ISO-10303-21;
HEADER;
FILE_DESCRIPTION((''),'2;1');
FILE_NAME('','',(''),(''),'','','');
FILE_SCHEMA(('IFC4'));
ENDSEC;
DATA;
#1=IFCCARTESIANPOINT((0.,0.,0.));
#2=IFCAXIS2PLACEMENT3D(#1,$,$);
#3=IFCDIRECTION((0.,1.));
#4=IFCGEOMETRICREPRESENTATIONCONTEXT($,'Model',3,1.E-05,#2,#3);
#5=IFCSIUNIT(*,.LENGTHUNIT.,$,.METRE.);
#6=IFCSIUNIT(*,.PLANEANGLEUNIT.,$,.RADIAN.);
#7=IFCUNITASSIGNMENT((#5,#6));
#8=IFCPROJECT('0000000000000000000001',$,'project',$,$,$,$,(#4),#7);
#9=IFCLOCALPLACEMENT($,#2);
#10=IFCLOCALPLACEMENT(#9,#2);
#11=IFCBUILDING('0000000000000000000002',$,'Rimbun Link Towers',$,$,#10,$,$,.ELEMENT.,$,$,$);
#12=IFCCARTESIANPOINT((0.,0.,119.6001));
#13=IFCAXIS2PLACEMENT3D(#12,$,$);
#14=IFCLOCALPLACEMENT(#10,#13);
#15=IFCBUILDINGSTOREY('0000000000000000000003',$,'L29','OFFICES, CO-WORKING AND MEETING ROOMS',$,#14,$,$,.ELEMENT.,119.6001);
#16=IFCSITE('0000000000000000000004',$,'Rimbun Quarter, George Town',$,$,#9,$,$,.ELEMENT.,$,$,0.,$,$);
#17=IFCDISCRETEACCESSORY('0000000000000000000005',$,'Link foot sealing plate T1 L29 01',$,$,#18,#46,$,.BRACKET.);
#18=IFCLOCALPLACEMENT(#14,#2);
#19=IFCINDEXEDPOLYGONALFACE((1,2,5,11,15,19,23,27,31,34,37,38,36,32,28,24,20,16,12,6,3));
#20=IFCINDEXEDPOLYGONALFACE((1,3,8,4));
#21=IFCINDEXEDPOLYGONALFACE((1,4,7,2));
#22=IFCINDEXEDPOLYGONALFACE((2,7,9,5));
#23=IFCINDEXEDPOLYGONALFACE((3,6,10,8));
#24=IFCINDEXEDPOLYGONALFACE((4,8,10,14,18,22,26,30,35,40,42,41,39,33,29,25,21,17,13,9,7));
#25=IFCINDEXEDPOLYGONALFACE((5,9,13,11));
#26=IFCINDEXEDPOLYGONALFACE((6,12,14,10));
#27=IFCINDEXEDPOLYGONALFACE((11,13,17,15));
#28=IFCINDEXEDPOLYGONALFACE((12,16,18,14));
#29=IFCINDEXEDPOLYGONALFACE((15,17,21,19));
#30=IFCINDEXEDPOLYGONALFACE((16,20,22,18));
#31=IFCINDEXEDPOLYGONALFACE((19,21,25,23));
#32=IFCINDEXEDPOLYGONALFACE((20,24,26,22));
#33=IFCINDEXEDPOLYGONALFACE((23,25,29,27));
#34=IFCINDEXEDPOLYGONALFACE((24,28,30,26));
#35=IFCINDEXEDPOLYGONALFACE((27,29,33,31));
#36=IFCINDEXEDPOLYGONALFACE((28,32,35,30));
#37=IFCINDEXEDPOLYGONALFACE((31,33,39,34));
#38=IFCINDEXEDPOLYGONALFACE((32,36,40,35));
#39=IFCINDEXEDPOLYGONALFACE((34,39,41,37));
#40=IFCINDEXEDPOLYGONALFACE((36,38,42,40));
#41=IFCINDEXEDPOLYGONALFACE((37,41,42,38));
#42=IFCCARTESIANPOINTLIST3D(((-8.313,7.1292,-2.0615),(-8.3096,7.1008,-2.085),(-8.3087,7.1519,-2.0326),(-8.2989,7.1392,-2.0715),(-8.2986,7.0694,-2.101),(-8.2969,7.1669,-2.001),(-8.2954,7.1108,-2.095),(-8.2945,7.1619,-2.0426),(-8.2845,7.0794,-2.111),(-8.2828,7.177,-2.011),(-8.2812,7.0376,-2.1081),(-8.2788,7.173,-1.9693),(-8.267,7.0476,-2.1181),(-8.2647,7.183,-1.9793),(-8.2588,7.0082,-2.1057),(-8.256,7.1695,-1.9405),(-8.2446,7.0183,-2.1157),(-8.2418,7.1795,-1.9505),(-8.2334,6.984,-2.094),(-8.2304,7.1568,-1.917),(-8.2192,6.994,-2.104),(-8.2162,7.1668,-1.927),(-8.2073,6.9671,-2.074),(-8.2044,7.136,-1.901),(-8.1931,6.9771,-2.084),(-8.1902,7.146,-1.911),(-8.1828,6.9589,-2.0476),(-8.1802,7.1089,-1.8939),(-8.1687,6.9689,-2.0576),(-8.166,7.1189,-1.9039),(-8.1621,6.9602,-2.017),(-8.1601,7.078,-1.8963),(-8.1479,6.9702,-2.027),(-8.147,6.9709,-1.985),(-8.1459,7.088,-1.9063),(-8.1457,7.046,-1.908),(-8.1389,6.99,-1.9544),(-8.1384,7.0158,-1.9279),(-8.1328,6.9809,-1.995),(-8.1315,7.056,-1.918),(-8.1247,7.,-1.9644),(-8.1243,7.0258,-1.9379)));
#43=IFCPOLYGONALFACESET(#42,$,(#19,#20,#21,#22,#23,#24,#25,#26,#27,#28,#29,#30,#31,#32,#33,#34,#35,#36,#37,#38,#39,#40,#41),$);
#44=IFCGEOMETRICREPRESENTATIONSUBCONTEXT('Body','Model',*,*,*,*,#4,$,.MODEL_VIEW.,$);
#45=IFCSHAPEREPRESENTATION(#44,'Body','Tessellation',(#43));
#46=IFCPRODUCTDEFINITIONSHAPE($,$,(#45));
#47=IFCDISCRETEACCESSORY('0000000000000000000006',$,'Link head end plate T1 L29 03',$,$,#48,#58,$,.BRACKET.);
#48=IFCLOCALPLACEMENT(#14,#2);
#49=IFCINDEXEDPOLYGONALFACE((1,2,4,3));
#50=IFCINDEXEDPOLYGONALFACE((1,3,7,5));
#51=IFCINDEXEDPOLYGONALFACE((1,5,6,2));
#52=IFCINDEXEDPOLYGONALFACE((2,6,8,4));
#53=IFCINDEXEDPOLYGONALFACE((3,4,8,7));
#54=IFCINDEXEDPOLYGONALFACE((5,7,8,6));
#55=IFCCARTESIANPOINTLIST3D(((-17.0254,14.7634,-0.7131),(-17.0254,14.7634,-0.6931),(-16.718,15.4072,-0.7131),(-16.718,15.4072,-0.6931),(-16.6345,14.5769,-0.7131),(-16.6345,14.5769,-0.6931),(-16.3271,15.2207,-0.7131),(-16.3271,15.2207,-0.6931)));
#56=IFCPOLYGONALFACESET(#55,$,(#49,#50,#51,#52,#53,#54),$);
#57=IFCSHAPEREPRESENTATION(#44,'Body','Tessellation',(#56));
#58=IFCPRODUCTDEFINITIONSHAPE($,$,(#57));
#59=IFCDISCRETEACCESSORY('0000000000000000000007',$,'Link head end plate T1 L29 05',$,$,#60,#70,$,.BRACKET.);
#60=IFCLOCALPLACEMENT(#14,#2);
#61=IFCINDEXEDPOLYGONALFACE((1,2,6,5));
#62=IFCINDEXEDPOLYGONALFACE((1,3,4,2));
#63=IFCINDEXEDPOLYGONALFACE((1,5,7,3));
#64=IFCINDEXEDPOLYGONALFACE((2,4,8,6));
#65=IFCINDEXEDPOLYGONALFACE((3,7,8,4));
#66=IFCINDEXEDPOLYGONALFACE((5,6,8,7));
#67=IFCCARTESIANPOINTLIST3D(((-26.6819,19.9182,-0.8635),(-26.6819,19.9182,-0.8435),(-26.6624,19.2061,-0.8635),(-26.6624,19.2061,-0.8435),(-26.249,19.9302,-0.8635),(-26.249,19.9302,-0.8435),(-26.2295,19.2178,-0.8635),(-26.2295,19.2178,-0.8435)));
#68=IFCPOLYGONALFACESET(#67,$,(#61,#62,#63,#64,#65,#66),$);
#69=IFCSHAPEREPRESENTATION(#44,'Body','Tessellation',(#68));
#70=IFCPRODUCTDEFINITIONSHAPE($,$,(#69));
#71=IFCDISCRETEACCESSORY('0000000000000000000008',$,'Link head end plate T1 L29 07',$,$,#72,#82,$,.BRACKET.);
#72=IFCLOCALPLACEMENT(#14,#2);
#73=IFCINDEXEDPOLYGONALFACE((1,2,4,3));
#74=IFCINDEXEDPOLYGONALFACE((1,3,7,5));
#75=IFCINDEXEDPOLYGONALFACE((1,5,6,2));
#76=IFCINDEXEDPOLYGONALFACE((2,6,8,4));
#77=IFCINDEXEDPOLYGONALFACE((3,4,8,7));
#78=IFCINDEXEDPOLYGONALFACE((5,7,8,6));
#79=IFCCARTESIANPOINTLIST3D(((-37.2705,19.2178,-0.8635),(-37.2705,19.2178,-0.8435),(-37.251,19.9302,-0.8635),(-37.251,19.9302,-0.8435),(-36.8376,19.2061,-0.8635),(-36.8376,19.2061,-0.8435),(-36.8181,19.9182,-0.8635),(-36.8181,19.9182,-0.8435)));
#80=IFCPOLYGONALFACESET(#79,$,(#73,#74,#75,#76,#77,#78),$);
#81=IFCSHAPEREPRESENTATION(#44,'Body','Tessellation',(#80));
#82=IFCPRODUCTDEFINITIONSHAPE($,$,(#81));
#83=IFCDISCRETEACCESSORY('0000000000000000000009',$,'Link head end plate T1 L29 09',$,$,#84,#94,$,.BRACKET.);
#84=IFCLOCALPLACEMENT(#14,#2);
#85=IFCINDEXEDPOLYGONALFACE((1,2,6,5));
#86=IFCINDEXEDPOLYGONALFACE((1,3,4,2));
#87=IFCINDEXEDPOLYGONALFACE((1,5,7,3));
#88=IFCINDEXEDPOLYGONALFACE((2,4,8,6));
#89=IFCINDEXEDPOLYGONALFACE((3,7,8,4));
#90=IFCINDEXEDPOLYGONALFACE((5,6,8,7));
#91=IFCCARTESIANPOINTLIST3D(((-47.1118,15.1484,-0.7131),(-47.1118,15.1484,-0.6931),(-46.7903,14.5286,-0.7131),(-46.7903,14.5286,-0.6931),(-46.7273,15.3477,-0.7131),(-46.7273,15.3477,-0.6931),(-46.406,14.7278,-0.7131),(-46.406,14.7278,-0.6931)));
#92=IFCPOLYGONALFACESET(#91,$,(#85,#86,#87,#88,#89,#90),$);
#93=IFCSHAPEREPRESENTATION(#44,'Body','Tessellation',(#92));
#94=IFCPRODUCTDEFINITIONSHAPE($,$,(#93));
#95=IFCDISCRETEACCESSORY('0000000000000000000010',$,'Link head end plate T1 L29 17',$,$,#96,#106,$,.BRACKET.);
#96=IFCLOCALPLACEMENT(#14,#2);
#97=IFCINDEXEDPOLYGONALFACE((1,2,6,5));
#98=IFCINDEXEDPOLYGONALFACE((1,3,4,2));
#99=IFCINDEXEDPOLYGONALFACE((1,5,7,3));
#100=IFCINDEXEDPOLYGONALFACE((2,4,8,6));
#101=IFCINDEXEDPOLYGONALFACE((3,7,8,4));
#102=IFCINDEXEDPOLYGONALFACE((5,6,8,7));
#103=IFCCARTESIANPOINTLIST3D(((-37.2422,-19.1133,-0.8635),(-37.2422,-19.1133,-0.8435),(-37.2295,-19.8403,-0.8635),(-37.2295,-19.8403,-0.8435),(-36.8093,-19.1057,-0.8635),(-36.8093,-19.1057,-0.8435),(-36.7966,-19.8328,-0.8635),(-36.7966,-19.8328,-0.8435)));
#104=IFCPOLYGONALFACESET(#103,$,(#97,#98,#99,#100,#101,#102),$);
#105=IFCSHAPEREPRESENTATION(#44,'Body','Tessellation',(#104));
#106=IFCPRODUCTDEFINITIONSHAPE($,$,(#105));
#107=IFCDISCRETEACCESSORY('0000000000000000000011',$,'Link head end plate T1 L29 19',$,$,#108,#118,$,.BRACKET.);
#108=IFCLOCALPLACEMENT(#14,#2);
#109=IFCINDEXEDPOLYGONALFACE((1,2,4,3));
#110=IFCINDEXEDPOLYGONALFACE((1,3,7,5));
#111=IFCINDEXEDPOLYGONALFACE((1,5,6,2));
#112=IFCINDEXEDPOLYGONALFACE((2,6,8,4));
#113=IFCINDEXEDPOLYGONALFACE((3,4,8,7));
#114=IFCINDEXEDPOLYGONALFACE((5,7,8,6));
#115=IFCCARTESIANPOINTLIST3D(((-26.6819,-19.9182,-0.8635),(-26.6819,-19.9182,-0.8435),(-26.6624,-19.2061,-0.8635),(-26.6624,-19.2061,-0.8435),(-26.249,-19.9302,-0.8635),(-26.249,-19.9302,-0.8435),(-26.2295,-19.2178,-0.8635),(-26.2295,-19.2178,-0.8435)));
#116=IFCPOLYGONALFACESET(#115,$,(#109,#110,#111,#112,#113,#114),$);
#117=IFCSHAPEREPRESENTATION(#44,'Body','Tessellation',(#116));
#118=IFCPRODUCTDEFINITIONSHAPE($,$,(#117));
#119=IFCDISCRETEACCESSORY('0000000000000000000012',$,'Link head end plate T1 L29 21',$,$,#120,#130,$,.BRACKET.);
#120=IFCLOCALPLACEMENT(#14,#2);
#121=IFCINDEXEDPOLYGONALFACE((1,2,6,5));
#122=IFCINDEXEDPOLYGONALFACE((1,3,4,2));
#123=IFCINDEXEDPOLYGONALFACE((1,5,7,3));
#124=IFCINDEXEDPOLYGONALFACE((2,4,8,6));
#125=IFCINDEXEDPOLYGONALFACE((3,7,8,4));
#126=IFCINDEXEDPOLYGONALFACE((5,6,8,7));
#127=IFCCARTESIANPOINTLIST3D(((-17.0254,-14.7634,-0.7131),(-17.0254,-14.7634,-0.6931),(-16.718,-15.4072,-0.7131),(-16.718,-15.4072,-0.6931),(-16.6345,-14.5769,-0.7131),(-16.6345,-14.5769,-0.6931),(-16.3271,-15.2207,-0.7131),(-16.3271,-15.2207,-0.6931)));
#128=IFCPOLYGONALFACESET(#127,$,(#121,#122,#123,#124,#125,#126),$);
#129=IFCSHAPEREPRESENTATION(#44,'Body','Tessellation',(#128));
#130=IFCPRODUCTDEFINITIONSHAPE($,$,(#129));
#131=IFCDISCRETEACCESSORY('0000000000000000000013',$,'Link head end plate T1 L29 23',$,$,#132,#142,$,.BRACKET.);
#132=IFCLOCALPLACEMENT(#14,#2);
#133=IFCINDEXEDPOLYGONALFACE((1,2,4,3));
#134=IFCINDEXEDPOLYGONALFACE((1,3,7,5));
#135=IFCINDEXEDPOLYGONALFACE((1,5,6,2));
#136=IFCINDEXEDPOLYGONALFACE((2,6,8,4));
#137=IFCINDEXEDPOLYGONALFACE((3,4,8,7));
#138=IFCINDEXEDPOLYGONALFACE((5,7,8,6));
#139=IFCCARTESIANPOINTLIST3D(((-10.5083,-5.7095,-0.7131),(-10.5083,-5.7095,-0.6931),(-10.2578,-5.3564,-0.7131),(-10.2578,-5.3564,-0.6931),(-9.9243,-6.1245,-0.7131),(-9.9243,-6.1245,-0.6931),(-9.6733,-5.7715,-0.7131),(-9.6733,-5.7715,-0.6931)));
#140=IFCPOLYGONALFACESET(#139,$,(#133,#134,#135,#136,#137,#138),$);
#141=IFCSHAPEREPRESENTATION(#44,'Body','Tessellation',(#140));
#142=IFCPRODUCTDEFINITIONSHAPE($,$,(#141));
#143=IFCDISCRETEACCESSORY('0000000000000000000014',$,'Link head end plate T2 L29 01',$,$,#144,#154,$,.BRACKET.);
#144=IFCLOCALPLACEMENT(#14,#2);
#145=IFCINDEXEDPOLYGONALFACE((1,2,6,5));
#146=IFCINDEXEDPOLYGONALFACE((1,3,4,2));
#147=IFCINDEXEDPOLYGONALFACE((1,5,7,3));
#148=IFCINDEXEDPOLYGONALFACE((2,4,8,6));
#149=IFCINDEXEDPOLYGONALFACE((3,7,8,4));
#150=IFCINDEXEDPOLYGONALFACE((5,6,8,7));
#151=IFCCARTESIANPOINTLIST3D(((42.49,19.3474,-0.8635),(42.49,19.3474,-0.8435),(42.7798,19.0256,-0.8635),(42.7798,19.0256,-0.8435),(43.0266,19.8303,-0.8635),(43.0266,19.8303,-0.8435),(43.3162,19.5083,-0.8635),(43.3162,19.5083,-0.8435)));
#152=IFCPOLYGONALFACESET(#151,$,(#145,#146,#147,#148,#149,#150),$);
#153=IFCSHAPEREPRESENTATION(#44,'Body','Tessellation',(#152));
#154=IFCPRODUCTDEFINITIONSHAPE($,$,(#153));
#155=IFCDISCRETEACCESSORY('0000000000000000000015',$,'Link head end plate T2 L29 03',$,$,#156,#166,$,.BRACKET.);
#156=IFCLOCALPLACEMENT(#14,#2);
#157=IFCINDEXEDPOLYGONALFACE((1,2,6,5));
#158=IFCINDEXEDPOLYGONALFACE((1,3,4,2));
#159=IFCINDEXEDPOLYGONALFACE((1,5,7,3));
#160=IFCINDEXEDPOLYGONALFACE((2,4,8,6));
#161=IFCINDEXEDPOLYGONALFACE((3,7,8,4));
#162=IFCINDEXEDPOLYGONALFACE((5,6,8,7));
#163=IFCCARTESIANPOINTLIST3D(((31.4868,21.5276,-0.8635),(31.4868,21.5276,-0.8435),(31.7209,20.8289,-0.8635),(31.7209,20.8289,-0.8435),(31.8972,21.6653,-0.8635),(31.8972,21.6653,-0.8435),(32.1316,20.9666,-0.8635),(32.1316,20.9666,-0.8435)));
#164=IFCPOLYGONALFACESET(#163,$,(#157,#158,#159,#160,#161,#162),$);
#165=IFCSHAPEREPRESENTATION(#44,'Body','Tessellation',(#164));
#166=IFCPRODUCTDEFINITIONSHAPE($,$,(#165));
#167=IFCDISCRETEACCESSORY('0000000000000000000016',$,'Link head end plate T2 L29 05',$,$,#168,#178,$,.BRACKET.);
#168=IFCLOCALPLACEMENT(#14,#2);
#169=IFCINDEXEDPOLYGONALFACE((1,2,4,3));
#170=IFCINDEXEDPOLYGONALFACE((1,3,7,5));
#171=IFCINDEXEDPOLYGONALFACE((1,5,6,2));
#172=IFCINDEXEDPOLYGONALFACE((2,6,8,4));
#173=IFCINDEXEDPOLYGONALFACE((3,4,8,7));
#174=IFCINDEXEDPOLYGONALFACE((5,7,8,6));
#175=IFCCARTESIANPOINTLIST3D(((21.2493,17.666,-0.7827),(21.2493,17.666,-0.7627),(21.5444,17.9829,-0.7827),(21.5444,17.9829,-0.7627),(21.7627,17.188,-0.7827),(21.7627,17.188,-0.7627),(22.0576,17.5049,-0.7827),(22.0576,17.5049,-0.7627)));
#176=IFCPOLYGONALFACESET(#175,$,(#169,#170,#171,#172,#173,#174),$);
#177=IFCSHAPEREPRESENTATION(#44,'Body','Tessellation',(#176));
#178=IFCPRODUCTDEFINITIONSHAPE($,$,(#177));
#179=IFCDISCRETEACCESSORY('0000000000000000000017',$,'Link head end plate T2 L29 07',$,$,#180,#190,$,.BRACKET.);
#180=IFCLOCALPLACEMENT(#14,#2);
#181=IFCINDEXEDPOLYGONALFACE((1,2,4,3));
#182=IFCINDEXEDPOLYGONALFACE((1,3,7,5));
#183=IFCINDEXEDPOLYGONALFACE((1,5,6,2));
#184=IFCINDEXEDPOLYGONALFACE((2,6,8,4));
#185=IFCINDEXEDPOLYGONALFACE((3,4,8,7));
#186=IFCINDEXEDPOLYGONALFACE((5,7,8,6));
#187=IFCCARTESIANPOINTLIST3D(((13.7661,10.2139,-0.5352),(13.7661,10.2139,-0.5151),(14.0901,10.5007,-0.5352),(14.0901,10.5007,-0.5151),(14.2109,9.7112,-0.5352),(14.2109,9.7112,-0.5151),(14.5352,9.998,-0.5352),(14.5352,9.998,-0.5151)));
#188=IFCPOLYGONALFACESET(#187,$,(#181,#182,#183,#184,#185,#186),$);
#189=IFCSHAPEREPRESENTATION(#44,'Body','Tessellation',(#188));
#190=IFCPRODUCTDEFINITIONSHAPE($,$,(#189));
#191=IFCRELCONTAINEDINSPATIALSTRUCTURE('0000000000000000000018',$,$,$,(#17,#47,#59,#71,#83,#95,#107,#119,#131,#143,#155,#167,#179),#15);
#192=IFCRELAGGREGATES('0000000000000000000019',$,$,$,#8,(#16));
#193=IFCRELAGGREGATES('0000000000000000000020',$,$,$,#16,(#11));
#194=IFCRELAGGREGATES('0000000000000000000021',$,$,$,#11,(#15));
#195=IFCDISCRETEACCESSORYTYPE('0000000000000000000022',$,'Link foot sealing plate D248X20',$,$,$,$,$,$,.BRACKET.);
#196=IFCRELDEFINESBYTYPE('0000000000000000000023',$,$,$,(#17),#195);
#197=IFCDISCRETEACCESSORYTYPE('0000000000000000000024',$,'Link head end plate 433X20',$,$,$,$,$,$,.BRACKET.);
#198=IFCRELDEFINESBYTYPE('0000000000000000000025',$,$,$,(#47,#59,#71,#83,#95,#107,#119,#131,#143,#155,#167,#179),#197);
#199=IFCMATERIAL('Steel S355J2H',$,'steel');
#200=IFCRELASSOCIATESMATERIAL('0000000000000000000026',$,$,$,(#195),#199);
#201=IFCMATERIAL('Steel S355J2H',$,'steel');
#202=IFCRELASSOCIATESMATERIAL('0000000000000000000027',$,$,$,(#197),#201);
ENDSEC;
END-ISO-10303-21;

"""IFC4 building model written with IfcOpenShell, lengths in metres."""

from ifc_helpers import new_model, si_unit, direction, frame, origin, origin_2d, place, context, subcontext, project, spatial, polyline, rectangle, circle, outline, extrude, material, material_profile, profile_set, type_object, element, save


model = new_model("IFC4")

# Units and contexts
model_context = context("Model", 3, precision=1e-05, world=origin(), true_north=direction((0.0, 1.0)))
body_context = subcontext(model_context, "Body", "Model", "MODEL_VIEW")
ifc_project = project(units=[si_unit("LENGTHUNIT", "METRE"), si_unit("PLANEANGLEUNIT", "RADIAN")], contexts=[model_context])

# Site, building, storey
site_placement = place(None, origin())
site = spatial("IfcSite", under=ifc_project, at=site_placement, Name="Rimbun Quarter, George Town", CompositionType="ELEMENT", RefElevation=0.0)
building_placement = place(site_placement, origin())
building = spatial("IfcBuilding", under=site, at=building_placement, Name="Rimbun Link Towers", CompositionType="ELEMENT")
storey_placement = place(building_placement, frame((0.0, 0.0, 119.6001)))
storey = spatial("IfcBuildingStorey", under=building, at=storey_placement, Name="L29", Description="OFFICES, CO-WORKING AND MEETING ROOMS", CompositionType="ELEMENT", Elevation=119.6001)

# Discrete accessories
ifc_material_1 = material(Name="Steel S355J2H", Category="steel")
ifc_material_profile_1 = material_profile(ifc_material_1, circle(Radius=0.124, at=origin_2d()), Name="PL D248")
ifc_profile_set_1 = profile_set([ifc_material_profile_1], Name="Steel S355J2H")
discrete_accessory_type_1 = type_object("IfcDiscreteAccessoryType", Name="Link foot sealing plate D248X20", PredefinedType="BRACKET", material=ifc_profile_set_1)
discrete_accessory_1_placement = place(storey_placement, frame((-8.2253, 7.0657, -2.001), z_axis=(0.707212, 0.499926, -0.499926), x_axis=(-0.577236, 0.816577, 0.0)))
element("IfcDiscreteAccessory", 1, at=discrete_accessory_1_placement, inside=storey, type_object=discrete_accessory_type_1, Name="Link foot sealing plate T1 L29 01", PredefinedType="BRACKET", context=body_context, shape_type="SweptSolid", body=[
    extrude(circle(Radius=0.124, at=origin_2d()), origin(), (0.0, 0.0, 1.0), 0.02),
])
ifc_material_2 = material(Name="Steel S355J2H", Category="steel")
ifc_material_profile_2 = material_profile(ifc_material_2, rectangle(XDim=0.4331, YDim=0.4331, at=origin_2d()), Name="PL 433x433")
ifc_profile_set_2 = profile_set([ifc_material_profile_2], Name="Steel S355J2H")
discrete_accessory_type_2 = type_object("IfcDiscreteAccessoryType", Name="Link head end plate 433X20", PredefinedType="BRACKET", material=ifc_profile_set_2)
discrete_accessory_2_placement = place(storey_placement, frame((0.0, 0.0, -0.7131)))
element("IfcDiscreteAccessory", 2, at=discrete_accessory_2_placement, inside=storey, type_object=discrete_accessory_type_2, Name="Link head end plate T1 L29 03", PredefinedType="BRACKET", context=body_context, shape_type="SweptSolid", body=[
    extrude(outline(polyline([(-16.6345, 14.5769), (-16.3271, 15.2207), (-16.718, 15.4072), (-17.0254, 14.7634), (-16.6345, 14.5769)])), origin(), (0.0, 0.0, 1.0), 0.02),
])
discrete_accessory_3_placement = place(storey_placement, frame((0.0, 0.0, -0.8635)))
element("IfcDiscreteAccessory", 3, at=discrete_accessory_3_placement, inside=storey, type_object=discrete_accessory_type_2, Name="Link head end plate T1 L29 05", PredefinedType="BRACKET", context=body_context, shape_type="SweptSolid", body=[
    extrude(outline(polyline([(-26.2295, 19.2178), (-26.249, 19.9302), (-26.6819, 19.9182), (-26.6624, 19.2061), (-26.2295, 19.2178)])), origin(), (0.0, 0.0, 1.0), 0.02),
])
discrete_accessory_4_placement = place(storey_placement, frame((0.0, 0.0, -0.8635)))
element("IfcDiscreteAccessory", 4, at=discrete_accessory_4_placement, inside=storey, type_object=discrete_accessory_type_2, Name="Link head end plate T1 L29 07", PredefinedType="BRACKET", context=body_context, shape_type="SweptSolid", body=[
    extrude(outline(polyline([(-36.8376, 19.2061), (-36.8181, 19.9182), (-37.251, 19.9302), (-37.2705, 19.2178), (-36.8376, 19.2061)])), origin(), (0.0, 0.0, 1.0), 0.02),
])
discrete_accessory_5_placement = place(storey_placement, frame((0.0, 0.0, -0.7131)))
element("IfcDiscreteAccessory", 5, at=discrete_accessory_5_placement, inside=storey, type_object=discrete_accessory_type_2, Name="Link head end plate T1 L29 09", PredefinedType="BRACKET", context=body_context, shape_type="SweptSolid", body=[
    extrude(outline(polyline([(-46.406, 14.7278), (-46.7273, 15.3477), (-47.1118, 15.1484), (-46.7903, 14.5286), (-46.406, 14.7278)])), origin(), (0.0, 0.0, 1.0), 0.02),
])
discrete_accessory_6_placement = place(storey_placement, frame((0.0, 0.0, -0.8635)))
element("IfcDiscreteAccessory", 6, at=discrete_accessory_6_placement, inside=storey, type_object=discrete_accessory_type_2, Name="Link head end plate T1 L29 17", PredefinedType="BRACKET", context=body_context, shape_type="SweptSolid", body=[
    extrude(outline(polyline([(-37.2422, -19.1133), (-37.2295, -19.8403), (-36.7966, -19.8328), (-36.8093, -19.1057), (-37.2422, -19.1133)])), origin(), (0.0, 0.0, 1.0), 0.02),
])
discrete_accessory_7_placement = place(storey_placement, frame((0.0, 0.0, -0.8635)))
element("IfcDiscreteAccessory", 7, at=discrete_accessory_7_placement, inside=storey, type_object=discrete_accessory_type_2, Name="Link head end plate T1 L29 19", PredefinedType="BRACKET", context=body_context, shape_type="SweptSolid", body=[
    extrude(outline(polyline([(-26.6624, -19.2061), (-26.6819, -19.9182), (-26.249, -19.9302), (-26.2295, -19.2178), (-26.6624, -19.2061)])), origin(), (0.0, 0.0, 1.0), 0.02),
])
discrete_accessory_8_placement = place(storey_placement, frame((0.0, 0.0, -0.7131)))
element("IfcDiscreteAccessory", 8, at=discrete_accessory_8_placement, inside=storey, type_object=discrete_accessory_type_2, Name="Link head end plate T1 L29 21", PredefinedType="BRACKET", context=body_context, shape_type="SweptSolid", body=[
    extrude(outline(polyline([(-17.0254, -14.7634), (-16.718, -15.4072), (-16.3271, -15.2207), (-16.6345, -14.5769), (-17.0254, -14.7634)])), origin(), (0.0, 0.0, 1.0), 0.02),
])
discrete_accessory_9_placement = place(storey_placement, frame((0.0, 0.0, -0.7131)))
element("IfcDiscreteAccessory", 9, at=discrete_accessory_9_placement, inside=storey, type_object=discrete_accessory_type_2, Name="Link head end plate T1 L29 23", PredefinedType="BRACKET", context=body_context, shape_type="SweptSolid", body=[
    extrude(outline(polyline([(-10.5083, -5.7095), (-9.9243, -6.1245), (-9.6733, -5.7715), (-10.2578, -5.3564), (-10.5083, -5.7095)])), origin(), (0.0, 0.0, 1.0), 0.02),
])
discrete_accessory_10_placement = place(storey_placement, frame((0.0, 0.0, -0.8635)))
element("IfcDiscreteAccessory", 10, at=discrete_accessory_10_placement, inside=storey, type_object=discrete_accessory_type_2, Name="Link head end plate T2 L29 01", PredefinedType="BRACKET", context=body_context, shape_type="SweptSolid", body=[
    extrude(outline(polyline([(42.7798, 19.0256), (43.3162, 19.5083), (43.0266, 19.8303), (42.49, 19.3474), (42.7798, 19.0256)])), origin(), (0.0, 0.0, 1.0), 0.02),
])
discrete_accessory_11_placement = place(storey_placement, frame((0.0, 0.0, -0.8635)))
element("IfcDiscreteAccessory", 11, at=discrete_accessory_11_placement, inside=storey, type_object=discrete_accessory_type_2, Name="Link head end plate T2 L29 03", PredefinedType="BRACKET", context=body_context, shape_type="SweptSolid", body=[
    extrude(outline(polyline([(32.1316, 20.9666), (31.8972, 21.6653), (31.4868, 21.5276), (31.7209, 20.8289), (32.1316, 20.9666)])), origin(), (0.0, 0.0, 1.0), 0.02),
])
discrete_accessory_12_placement = place(storey_placement, frame((0.0, 0.0, -0.7827)))
element("IfcDiscreteAccessory", 12, at=discrete_accessory_12_placement, inside=storey, type_object=discrete_accessory_type_2, Name="Link head end plate T2 L29 05", PredefinedType="BRACKET", context=body_context, shape_type="SweptSolid", body=[
    extrude(outline(polyline([(22.0576, 17.5049), (21.5444, 17.9829), (21.2493, 17.666), (21.7627, 17.188), (22.0576, 17.5049)])), origin(), (0.0, 0.0, 1.0), 0.02),
])
discrete_accessory_13_placement = place(storey_placement, frame((0.0, 0.0, -0.5352)))
element("IfcDiscreteAccessory", 13, at=discrete_accessory_13_placement, inside=storey, type_object=discrete_accessory_type_2, Name="Link head end plate T2 L29 07", PredefinedType="BRACKET", context=body_context, shape_type="SweptSolid", body=[
    extrude(outline(polyline([(14.5352, 9.998), (14.0901, 10.5007), (13.7661, 10.2139), (14.2109, 9.7112), (14.5352, 9.998)])), origin(), (0.0, 0.0, 1.0), 0.02),
])

save(model, "model.ifc")
